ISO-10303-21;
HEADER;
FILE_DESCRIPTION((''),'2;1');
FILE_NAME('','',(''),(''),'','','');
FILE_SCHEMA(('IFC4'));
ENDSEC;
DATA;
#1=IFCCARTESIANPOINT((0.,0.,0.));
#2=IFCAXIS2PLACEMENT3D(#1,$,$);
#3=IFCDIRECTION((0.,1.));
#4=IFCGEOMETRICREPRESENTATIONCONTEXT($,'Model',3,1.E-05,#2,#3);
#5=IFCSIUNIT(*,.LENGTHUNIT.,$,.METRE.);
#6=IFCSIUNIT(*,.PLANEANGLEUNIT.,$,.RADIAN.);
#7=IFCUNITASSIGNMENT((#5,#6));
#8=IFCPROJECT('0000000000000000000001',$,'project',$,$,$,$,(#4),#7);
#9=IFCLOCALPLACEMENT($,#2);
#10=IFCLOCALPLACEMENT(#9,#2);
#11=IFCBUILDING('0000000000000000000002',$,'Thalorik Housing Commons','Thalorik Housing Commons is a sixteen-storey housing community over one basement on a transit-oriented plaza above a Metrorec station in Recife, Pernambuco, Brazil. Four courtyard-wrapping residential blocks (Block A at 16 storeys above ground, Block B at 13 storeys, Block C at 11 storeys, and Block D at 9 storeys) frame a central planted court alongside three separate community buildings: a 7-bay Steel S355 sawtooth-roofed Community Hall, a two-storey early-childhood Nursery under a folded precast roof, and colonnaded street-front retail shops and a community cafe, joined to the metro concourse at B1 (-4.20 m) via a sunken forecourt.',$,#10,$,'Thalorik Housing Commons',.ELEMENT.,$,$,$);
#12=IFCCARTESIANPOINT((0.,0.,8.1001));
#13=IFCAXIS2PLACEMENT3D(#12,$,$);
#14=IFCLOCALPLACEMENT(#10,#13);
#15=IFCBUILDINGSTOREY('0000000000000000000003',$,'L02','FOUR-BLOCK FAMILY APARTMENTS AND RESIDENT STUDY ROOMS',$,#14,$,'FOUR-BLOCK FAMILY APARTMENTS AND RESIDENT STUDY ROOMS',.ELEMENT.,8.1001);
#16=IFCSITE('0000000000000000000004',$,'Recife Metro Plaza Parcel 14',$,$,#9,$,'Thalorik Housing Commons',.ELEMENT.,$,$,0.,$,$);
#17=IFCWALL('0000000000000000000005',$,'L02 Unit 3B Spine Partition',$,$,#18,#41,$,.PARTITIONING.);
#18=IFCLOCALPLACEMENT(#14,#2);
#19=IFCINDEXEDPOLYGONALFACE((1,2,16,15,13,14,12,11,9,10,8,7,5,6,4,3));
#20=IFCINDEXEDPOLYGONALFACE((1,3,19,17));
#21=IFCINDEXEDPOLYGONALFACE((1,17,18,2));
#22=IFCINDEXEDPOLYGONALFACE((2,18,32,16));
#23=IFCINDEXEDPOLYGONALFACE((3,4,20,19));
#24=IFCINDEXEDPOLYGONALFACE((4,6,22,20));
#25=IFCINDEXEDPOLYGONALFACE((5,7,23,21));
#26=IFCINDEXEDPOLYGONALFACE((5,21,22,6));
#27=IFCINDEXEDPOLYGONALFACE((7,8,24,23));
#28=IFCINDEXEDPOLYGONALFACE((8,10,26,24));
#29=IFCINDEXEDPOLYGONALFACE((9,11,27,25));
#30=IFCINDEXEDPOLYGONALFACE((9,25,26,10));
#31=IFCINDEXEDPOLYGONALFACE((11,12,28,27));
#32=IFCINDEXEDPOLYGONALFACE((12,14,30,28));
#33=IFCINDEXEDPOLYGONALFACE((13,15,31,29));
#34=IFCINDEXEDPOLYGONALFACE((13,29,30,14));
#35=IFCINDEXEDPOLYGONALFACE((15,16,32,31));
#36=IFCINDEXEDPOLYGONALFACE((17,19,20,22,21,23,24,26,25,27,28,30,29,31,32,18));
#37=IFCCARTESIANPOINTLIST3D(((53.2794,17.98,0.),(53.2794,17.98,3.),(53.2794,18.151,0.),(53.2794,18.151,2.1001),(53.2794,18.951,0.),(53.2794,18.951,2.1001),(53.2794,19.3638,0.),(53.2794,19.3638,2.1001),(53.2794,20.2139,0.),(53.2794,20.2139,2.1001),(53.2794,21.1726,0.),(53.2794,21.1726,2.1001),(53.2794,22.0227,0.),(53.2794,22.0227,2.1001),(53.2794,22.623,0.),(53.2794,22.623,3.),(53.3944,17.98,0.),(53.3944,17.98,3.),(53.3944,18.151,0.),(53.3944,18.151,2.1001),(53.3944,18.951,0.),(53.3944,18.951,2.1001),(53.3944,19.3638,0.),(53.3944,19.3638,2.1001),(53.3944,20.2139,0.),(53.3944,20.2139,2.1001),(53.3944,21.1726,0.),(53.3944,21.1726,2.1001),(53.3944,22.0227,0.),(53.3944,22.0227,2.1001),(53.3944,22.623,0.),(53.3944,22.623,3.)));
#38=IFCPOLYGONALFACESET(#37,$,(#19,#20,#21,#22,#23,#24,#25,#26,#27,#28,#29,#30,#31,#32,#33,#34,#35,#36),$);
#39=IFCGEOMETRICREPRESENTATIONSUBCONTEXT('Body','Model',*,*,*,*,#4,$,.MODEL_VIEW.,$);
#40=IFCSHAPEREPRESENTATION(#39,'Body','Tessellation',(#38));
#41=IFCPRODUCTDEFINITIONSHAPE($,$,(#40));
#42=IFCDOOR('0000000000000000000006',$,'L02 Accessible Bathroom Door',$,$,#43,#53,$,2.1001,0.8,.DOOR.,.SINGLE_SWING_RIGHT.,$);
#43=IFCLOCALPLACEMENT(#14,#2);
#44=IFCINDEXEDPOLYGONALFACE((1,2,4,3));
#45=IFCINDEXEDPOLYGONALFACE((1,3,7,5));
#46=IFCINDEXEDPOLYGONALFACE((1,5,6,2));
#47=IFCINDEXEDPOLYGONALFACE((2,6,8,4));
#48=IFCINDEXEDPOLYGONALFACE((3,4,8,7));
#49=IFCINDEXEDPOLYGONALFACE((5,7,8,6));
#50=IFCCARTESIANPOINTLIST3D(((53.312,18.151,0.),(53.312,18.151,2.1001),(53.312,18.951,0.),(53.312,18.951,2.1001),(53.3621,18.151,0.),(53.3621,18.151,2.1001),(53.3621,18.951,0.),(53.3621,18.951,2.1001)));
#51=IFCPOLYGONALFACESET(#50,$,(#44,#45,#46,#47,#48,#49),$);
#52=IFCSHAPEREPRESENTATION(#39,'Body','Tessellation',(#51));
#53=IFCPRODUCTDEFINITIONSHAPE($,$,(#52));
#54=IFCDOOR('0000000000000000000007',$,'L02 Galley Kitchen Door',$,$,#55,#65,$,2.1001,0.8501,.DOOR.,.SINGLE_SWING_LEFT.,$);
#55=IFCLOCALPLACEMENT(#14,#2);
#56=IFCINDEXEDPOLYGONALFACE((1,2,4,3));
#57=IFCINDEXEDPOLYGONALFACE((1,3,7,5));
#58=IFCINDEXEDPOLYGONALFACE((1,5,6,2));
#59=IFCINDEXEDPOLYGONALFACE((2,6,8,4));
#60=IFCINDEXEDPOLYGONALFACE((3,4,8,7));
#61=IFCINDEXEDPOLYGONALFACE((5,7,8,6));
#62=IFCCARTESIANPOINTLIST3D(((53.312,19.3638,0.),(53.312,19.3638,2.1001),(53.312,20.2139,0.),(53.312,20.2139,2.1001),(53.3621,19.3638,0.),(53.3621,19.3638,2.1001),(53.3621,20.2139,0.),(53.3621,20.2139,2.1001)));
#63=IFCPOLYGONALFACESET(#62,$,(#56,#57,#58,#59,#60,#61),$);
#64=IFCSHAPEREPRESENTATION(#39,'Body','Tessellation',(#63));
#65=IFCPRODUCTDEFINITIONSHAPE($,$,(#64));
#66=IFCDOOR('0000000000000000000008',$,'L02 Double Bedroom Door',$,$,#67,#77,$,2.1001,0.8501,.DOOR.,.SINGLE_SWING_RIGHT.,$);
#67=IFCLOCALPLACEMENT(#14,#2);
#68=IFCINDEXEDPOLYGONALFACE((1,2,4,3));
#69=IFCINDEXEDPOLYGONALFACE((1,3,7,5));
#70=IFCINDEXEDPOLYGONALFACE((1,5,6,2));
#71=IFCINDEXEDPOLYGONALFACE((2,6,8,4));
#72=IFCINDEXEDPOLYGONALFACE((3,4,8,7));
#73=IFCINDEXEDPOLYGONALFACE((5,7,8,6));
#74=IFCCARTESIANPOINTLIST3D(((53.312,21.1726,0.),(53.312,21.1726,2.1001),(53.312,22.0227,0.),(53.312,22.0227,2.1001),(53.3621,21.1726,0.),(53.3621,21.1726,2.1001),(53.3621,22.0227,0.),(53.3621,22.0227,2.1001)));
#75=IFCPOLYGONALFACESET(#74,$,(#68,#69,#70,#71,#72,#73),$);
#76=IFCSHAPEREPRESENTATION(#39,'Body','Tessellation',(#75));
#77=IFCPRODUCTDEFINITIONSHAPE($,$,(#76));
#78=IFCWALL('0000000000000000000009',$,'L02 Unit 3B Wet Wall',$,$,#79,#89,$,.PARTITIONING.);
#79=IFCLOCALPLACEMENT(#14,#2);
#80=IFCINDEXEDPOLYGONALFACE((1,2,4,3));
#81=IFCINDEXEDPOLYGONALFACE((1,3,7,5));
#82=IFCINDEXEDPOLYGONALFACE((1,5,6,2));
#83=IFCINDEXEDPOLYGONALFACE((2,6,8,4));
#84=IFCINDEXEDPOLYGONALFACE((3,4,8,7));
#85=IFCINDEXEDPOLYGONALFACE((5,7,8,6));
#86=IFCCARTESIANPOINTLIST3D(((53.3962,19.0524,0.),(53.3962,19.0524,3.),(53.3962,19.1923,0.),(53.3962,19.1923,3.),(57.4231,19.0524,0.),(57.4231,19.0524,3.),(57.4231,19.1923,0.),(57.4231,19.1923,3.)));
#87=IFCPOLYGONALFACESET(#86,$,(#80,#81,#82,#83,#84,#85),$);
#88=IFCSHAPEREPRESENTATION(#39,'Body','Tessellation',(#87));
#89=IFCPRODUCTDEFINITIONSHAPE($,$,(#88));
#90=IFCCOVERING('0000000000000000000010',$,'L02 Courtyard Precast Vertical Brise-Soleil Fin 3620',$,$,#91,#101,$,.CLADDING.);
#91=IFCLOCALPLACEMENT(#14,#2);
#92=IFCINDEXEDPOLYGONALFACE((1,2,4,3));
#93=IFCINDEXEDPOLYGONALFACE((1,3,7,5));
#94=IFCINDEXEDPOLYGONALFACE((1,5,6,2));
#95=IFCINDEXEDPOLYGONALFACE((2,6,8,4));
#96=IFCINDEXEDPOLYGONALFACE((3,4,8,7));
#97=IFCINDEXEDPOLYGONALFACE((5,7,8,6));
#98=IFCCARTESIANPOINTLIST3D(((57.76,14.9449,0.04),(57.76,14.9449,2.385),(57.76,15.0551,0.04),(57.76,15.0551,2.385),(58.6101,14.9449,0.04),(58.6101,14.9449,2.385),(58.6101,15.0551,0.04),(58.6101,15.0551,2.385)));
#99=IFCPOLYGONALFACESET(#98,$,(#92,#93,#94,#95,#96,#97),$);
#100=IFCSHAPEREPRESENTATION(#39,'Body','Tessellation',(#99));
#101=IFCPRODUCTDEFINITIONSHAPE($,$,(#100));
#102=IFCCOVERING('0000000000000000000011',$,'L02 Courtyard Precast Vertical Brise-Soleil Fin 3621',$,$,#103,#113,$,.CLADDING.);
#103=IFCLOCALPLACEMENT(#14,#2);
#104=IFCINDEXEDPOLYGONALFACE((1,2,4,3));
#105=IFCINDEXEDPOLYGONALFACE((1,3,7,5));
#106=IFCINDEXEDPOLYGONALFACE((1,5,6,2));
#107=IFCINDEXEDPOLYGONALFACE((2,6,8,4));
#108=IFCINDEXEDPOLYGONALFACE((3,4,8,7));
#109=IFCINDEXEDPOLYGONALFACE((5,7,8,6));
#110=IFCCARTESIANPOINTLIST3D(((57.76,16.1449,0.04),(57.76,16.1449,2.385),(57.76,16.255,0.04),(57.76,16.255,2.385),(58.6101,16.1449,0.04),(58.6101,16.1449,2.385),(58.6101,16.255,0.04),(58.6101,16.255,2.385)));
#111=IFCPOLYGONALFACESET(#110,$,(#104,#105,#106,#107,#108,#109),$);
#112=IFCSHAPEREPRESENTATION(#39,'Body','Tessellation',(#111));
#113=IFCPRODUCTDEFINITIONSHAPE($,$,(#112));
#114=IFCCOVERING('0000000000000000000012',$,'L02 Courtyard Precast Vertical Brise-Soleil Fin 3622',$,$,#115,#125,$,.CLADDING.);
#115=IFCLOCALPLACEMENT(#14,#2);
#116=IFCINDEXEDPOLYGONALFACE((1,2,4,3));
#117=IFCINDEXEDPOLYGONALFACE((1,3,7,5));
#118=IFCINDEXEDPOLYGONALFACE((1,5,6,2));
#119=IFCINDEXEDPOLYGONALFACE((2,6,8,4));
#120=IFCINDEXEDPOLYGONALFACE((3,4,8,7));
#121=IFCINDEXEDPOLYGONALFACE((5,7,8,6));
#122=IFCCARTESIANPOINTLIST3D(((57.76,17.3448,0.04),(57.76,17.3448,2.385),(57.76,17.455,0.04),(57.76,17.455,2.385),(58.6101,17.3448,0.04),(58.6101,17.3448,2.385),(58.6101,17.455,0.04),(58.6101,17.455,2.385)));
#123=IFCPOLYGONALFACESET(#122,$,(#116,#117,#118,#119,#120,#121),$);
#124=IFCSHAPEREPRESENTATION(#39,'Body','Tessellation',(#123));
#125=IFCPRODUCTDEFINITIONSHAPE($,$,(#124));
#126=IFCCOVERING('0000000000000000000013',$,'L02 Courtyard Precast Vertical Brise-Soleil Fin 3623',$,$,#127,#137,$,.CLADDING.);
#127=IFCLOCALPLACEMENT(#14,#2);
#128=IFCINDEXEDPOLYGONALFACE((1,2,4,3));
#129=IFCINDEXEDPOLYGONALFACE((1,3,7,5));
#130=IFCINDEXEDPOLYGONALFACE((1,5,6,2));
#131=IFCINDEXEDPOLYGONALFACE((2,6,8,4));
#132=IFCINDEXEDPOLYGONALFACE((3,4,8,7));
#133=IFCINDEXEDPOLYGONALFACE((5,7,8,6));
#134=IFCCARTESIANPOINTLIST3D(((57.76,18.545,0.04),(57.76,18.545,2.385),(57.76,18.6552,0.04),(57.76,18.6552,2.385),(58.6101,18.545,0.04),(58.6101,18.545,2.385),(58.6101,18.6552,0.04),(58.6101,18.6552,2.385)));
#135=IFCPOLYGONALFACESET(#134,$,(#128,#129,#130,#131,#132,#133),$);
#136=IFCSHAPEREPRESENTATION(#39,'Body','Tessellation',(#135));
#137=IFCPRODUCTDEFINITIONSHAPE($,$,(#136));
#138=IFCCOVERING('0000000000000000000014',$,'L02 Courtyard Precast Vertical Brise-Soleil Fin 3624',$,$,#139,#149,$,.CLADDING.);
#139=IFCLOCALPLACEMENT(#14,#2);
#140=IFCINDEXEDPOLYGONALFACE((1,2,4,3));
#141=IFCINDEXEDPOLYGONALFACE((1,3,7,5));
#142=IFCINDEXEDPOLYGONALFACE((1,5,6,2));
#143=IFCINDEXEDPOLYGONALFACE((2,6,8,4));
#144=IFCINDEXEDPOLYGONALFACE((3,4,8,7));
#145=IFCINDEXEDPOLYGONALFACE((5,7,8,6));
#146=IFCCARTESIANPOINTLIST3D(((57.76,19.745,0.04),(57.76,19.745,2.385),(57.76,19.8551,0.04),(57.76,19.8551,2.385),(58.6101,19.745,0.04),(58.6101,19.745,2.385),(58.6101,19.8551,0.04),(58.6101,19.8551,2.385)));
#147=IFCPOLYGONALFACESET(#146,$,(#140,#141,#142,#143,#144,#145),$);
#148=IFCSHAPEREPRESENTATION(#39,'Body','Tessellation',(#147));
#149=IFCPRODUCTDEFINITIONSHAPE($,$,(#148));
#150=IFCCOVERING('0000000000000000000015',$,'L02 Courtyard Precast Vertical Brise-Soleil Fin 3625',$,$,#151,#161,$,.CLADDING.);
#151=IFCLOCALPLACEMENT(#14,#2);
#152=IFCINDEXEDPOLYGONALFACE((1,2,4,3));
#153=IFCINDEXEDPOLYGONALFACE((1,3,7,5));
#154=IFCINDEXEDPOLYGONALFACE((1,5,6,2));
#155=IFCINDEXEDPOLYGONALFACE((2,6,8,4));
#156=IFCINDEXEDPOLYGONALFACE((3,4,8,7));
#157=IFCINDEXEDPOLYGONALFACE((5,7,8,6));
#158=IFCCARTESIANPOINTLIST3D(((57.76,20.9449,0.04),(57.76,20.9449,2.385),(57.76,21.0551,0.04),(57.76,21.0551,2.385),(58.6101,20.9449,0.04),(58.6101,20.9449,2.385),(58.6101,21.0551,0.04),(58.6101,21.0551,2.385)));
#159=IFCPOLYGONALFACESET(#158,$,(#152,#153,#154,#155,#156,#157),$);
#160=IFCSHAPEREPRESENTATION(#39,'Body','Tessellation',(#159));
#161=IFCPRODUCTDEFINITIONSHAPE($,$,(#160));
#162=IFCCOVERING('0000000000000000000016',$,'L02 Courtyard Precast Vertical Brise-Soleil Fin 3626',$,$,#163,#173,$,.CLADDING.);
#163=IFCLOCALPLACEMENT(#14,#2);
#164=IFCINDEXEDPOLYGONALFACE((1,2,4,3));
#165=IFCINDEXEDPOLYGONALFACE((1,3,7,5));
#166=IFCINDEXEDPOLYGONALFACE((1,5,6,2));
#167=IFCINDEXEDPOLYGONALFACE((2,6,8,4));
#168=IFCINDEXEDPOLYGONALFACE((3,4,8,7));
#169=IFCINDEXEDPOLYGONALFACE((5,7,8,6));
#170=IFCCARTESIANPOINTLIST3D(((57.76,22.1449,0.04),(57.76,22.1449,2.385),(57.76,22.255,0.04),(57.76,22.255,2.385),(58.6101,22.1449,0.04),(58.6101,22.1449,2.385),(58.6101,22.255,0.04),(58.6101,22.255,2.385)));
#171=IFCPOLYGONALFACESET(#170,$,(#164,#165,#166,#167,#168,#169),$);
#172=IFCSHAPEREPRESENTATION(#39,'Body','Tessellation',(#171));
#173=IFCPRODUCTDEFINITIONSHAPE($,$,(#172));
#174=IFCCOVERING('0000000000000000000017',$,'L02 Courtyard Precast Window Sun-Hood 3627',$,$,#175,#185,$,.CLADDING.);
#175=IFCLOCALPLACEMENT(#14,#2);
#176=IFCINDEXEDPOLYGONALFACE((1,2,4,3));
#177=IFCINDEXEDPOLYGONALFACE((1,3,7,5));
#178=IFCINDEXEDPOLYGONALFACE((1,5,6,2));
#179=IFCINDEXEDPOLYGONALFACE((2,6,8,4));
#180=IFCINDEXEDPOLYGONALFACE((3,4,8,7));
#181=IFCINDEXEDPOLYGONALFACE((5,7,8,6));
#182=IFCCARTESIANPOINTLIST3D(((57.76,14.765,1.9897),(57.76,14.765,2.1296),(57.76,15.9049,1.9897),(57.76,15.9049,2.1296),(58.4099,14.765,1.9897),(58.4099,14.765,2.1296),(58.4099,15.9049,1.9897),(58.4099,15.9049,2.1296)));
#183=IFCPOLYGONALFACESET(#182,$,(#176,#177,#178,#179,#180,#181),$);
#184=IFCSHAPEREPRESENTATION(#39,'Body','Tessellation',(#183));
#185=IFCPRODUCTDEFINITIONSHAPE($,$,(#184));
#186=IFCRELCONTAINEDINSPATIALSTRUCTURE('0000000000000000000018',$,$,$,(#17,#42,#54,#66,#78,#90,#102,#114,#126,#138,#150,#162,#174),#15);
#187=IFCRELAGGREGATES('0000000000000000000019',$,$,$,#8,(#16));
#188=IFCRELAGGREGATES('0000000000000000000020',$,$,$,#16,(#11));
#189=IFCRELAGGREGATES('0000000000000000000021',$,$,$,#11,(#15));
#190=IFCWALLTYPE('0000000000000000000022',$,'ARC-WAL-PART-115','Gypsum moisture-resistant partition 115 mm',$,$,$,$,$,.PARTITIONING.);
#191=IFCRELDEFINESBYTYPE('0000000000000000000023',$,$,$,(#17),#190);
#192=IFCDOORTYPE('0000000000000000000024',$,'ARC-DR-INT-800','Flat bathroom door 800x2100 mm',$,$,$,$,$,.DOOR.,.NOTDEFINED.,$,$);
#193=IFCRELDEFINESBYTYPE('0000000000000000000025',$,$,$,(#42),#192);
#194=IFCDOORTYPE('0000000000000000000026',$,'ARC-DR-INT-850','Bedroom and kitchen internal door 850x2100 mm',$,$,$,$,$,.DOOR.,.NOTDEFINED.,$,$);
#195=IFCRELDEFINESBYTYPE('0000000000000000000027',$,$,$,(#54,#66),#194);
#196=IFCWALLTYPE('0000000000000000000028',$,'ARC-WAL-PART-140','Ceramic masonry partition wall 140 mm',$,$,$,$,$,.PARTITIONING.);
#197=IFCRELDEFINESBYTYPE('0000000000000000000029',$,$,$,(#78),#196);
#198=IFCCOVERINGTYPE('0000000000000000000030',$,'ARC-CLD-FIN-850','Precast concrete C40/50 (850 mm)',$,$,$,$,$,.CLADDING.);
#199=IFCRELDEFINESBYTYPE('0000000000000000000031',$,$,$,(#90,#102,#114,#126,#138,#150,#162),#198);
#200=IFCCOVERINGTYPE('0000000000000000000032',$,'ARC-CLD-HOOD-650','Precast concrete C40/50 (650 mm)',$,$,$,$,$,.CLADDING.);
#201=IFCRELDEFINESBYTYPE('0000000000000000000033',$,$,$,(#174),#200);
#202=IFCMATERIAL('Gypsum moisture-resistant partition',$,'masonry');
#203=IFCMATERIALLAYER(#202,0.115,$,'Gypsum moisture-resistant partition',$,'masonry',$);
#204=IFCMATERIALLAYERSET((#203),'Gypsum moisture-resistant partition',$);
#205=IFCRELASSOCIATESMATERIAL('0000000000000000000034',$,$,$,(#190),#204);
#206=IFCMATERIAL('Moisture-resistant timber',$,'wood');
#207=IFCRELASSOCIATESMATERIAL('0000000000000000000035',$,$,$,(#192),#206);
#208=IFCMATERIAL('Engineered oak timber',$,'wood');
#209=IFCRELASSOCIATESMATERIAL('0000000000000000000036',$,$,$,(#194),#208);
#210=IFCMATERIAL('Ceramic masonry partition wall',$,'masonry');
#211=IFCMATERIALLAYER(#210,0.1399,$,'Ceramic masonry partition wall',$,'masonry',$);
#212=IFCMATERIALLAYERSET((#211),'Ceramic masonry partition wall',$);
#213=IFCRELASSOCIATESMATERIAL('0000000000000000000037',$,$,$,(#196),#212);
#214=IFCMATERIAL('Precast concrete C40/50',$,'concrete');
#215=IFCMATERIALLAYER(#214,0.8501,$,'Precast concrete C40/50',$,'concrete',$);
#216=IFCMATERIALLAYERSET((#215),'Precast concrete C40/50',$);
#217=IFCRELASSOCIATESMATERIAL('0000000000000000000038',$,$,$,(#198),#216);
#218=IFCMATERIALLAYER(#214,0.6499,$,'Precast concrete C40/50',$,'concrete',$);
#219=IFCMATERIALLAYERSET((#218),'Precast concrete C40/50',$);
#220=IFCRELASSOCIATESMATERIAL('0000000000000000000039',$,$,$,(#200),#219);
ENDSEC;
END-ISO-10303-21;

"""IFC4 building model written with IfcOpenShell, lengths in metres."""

from ifc_helpers import new_model, si_unit, direction, frame, frame_2d, origin, origin_2d, place, context, subcontext, project, spatial, rectangle, extrude, material, layer, layer_set, type_object, element, fill, save


model = new_model("IFC4")

# Units and contexts
model_context = context("Model", 3, precision=1e-05, world=origin(), true_north=direction((0.0, 1.0)))
body_context = subcontext(model_context, "Body", "Model", "MODEL_VIEW")
ifc_project = project(units=[si_unit("LENGTHUNIT", "METRE"), si_unit("PLANEANGLEUNIT", "RADIAN")], contexts=[model_context])

# Site, building, storey
site_placement = place(None, origin())
site = spatial("IfcSite", under=ifc_project, at=site_placement, Name="Recife Metro Plaza Parcel 14", LongName="Thalorik Housing Commons", CompositionType="ELEMENT", RefElevation=0.0)
building_placement = place(site_placement, origin())
building = spatial("IfcBuilding", under=site, at=building_placement, Name="Thalorik Housing Commons", Description="Thalorik Housing Commons is a sixteen-storey housing community over one basement on a transit-oriented plaza above a Metrorec station in Recife, Pernambuco, Brazil. Four courtyard-wrapping residential blocks (Block A at 16 storeys above ground, Block B at 13 storeys, Block C at 11 storeys, and Block D at 9 storeys) frame a central planted court alongside three separate community buildings: a 7-bay Steel S355 sawtooth-roofed Community Hall, a two-storey early-childhood Nursery under a folded precast roof, and colonnaded street-front retail shops and a community cafe, joined to the metro concourse at B1 (-4.20 m) via a sunken forecourt.", LongName="Thalorik Housing Commons", CompositionType="ELEMENT")
storey_placement = place(building_placement, frame((0.0, 0.0, 8.1001)))
storey = spatial("IfcBuildingStorey", under=building, at=storey_placement, Name="L02", Description="FOUR-BLOCK FAMILY APARTMENTS AND RESIDENT STUDY ROOMS", LongName="FOUR-BLOCK FAMILY APARTMENTS AND RESIDENT STUDY ROOMS", CompositionType="ELEMENT", Elevation=8.1001)

# Shared definitions
ifc_material_1 = material(Name="Precast concrete C40/50", Category="concrete")

# Wall, openings, doors
ifc_material_2 = material(Name="Gypsum moisture-resistant partition", Category="masonry")
ifc_layer_1 = layer(ifc_material_2, 0.115, Name="Gypsum moisture-resistant partition", Category="masonry")
ifc_layer_set_1 = layer_set([ifc_layer_1], Name="Gypsum moisture-resistant partition")
wall_type_1 = type_object("IfcWallType", Name="ARC-WAL-PART-115", Description="Gypsum moisture-resistant partition 115 mm", PredefinedType="PARTITIONING", material=ifc_layer_set_1)
wall_1_placement = place(storey_placement, frame((53.3369, 17.98, 0.0), z_axis=(0.0, 0.0, 1.0), x_axis=(0.0, 1.0, 0.0)))
wall_1 = element("IfcWall", 1, at=wall_1_placement, inside=storey, type_object=wall_type_1, Name="L02 Unit 3B Spine Partition", PredefinedType="PARTITIONING", context=body_context, shape_type="SweptSolid", body=[
    extrude(rectangle(XDim=4.6431, YDim=0.115, at=frame_2d((2.3215, 0.0))), origin(), (0.0, 0.0, 1.0), 3.0),
])
opening_1_placement = place(wall_1_placement, frame((0.1711, 0.0, 0.0)))
opening_1 = element("IfcOpeningElement", 2, at=opening_1_placement, cuts=wall_1, PredefinedType="OPENING", context=body_context, shape_type="SweptSolid", body=[
    extrude(rectangle(XDim=0.8, YDim=2.1001, at=frame_2d((0.3999, 1.05))), frame((0.0, 0.0674, 0.0), z_axis=(0.0, -1.0, 0.0), x_axis=(1.0, 0.0, 0.0)), (0.0, 0.0, 1.0), 0.135),
])
opening_2_placement = place(wall_1_placement, frame((1.3838, 0.0, 0.0)))
opening_2 = element("IfcOpeningElement", 3, at=opening_2_placement, cuts=wall_1, PredefinedType="OPENING", context=body_context, shape_type="SweptSolid", body=[
    extrude(rectangle(XDim=0.8501, YDim=2.1001, at=frame_2d((0.425, 1.05))), frame((0.0, 0.0674, 0.0), z_axis=(0.0, -1.0, 0.0), x_axis=(1.0, 0.0, 0.0)), (0.0, 0.0, 1.0), 0.135),
])
opening_3_placement = place(wall_1_placement, frame((3.1926, 0.0, 0.0)))
opening_3 = element("IfcOpeningElement", 4, at=opening_3_placement, cuts=wall_1, PredefinedType="OPENING", context=body_context, shape_type="SweptSolid", body=[
    extrude(rectangle(XDim=0.8501, YDim=2.1001, at=frame_2d((0.425, 1.05))), frame((0.0, 0.0674, 0.0), z_axis=(0.0, -1.0, 0.0), x_axis=(1.0, 0.0, 0.0)), (0.0, 0.0, 1.0), 0.135),
])
ifc_material_3 = material(Name="Moisture-resistant timber", Category="wood")
door_type_1 = type_object("IfcDoorType", Name="ARC-DR-INT-800", Description="Flat bathroom door 800x2100 mm", OperationType="NOTDEFINED", PredefinedType="DOOR", material=ifc_material_3)
door_1_placement = place(opening_1_placement, origin())
door_1 = element("IfcDoor", 5, at=door_1_placement, inside=storey, type_object=door_type_1, Name="L02 Accessible Bathroom Door", OperationType="SINGLE_SWING_RIGHT", OverallHeight=2.1001, OverallWidth=0.8, PredefinedType="DOOR", context=body_context, shape_type="SweptSolid", body=[
    extrude(rectangle(XDim=0.8, YDim=2.1001, at=frame_2d((0.3999, 1.05))), frame((0.0, 0.0249, 0.0), z_axis=(0.0, -1.0, 0.0), x_axis=(1.0, 0.0, 0.0)), (0.0, 0.0, 1.0), 0.05),
])
fill(opening_1, door_1)
ifc_material_4 = material(Name="Engineered oak timber", Category="wood")
door_type_2 = type_object("IfcDoorType", Name="ARC-DR-INT-850", Description="Bedroom and kitchen internal door 850x2100 mm", OperationType="NOTDEFINED", PredefinedType="DOOR", material=ifc_material_4)
door_2_placement = place(opening_2_placement, origin())
door_2 = element("IfcDoor", 6, at=door_2_placement, inside=storey, type_object=door_type_2, Name="L02 Galley Kitchen Door", OperationType="SINGLE_SWING_LEFT", OverallHeight=2.1001, OverallWidth=0.8501, PredefinedType="DOOR", context=body_context, shape_type="SweptSolid", body=[
    extrude(rectangle(XDim=0.8501, YDim=2.1001, at=frame_2d((0.425, 1.05))), frame((0.0, 0.0249, 0.0), z_axis=(0.0, -1.0, 0.0), x_axis=(1.0, 0.0, 0.0)), (0.0, 0.0, 1.0), 0.05),
])
fill(opening_2, door_2)
door_3_placement = place(opening_3_placement, origin())
door_3 = element("IfcDoor", 7, at=door_3_placement, inside=storey, type_object=door_type_2, Name="L02 Double Bedroom Door", OperationType="SINGLE_SWING_RIGHT", OverallHeight=2.1001, OverallWidth=0.8501, PredefinedType="DOOR", context=body_context, shape_type="SweptSolid", body=[
    extrude(rectangle(XDim=0.8501, YDim=2.1001, at=frame_2d((0.425, 1.05))), frame((0.0, 0.0249, 0.0), z_axis=(0.0, -1.0, 0.0), x_axis=(1.0, 0.0, 0.0)), (0.0, 0.0, 1.0), 0.05),
])
fill(opening_3, door_3)

# Wall
ifc_material_5 = material(Name="Ceramic masonry partition wall", Category="masonry")
ifc_layer_2 = layer(ifc_material_5, 0.1399, Name="Ceramic masonry partition wall", Category="masonry")
ifc_layer_set_2 = layer_set([ifc_layer_2], Name="Ceramic masonry partition wall")
wall_type_2 = type_object("IfcWallType", Name="ARC-WAL-PART-140", Description="Ceramic masonry partition wall 140 mm", PredefinedType="PARTITIONING", material=ifc_layer_set_2)
wall_2_placement = place(storey_placement, frame((53.3962, 19.1223, 0.0), z_axis=(0.0, 0.0, 1.0), x_axis=(1.0, 0.0, 0.0)))
element("IfcWall", 8, at=wall_2_placement, inside=storey, type_object=wall_type_2, Name="L02 Unit 3B Wet Wall", PredefinedType="PARTITIONING", context=body_context, shape_type="SweptSolid", body=[
    extrude(rectangle(XDim=4.0269, YDim=0.1399, at=frame_2d((2.0134, 0.0))), origin(), (0.0, 0.0, 1.0), 3.0),
])

# Coverings
ifc_layer_3 = layer(ifc_material_1, 0.8501, Name="Precast concrete C40/50", Category="concrete")
ifc_layer_set_3 = layer_set([ifc_layer_3], Name="Precast concrete C40/50")
covering_type_1 = type_object("IfcCoveringType", Name="ARC-CLD-FIN-850", Description="Precast concrete C40/50 (850 mm)", PredefinedType="CLADDING", material=ifc_layer_set_3)
for number, where, z_axis, x_axis, name in (
    (9, (58.1851, 15.0, 0.04), (0.0, 0.0, 1.0), (0.0, 1.0, 0.0), "L02 Courtyard Precast Vertical Brise-Soleil Fin 3620"),
    (10, (58.1851, 16.2, 0.04), (0.0, 0.0, 1.0), (0.0, 1.0, 0.0), "L02 Courtyard Precast Vertical Brise-Soleil Fin 3621"),
    (11, (58.1851, 17.3999, 0.04), (0.0, 0.0, 1.0), (0.0, 1.0, 0.0), "L02 Courtyard Precast Vertical Brise-Soleil Fin 3622"),
    (12, (58.1851, 18.6001, 0.04), (0.0, 0.0, 1.0), (0.0, 1.0, 0.0), "L02 Courtyard Precast Vertical Brise-Soleil Fin 3623"),
    (13, (58.1851, 19.8, 0.04), (0.0, 0.0, 1.0), (0.0, 1.0, 0.0), "L02 Courtyard Precast Vertical Brise-Soleil Fin 3624"),
    (14, (58.1851, 21.0, 0.04), (0.0, 0.0, 1.0), (0.0, 1.0, 0.0), "L02 Courtyard Precast Vertical Brise-Soleil Fin 3625"),
    (15, (58.1851, 22.2, 0.04), (0.0, 0.0, 1.0), (0.0, 1.0, 0.0), "L02 Courtyard Precast Vertical Brise-Soleil Fin 3626"),
):
    element("IfcCovering", number, at=place(storey_placement, frame(where, z_axis=z_axis, x_axis=x_axis)), inside=storey, type_object=covering_type_1, Name=name, PredefinedType="CLADDING", context=body_context, shape_type="SweptSolid", body=[
        extrude(rectangle(XDim=0.1101, YDim=0.8501, at=origin_2d()), origin(), (0.0, 0.0, 1.0), 2.345),
    ])
ifc_layer_4 = layer(ifc_material_1, 0.6499, Name="Precast concrete C40/50", Category="concrete")
ifc_layer_set_4 = layer_set([ifc_layer_4], Name="Precast concrete C40/50")
covering_type_2 = type_object("IfcCoveringType", Name="ARC-CLD-HOOD-650", Description="Precast concrete C40/50 (650 mm)", PredefinedType="CLADDING", material=ifc_layer_set_4)
covering_1_placement = place(storey_placement, frame((58.085, 15.335, 1.9897), z_axis=(0.0, 0.0, 1.0), x_axis=(0.0, 1.0, 0.0)))
element("IfcCovering", 16, at=covering_1_placement, inside=storey, type_object=covering_type_2, Name="L02 Courtyard Precast Window Sun-Hood 3627", PredefinedType="CLADDING", context=body_context, shape_type="SweptSolid", body=[
    extrude(rectangle(XDim=1.1399, YDim=0.6499, at=origin_2d()), origin(), (0.0, 0.0, 1.0), 0.1399),
])

save(model, "model.ifc")
